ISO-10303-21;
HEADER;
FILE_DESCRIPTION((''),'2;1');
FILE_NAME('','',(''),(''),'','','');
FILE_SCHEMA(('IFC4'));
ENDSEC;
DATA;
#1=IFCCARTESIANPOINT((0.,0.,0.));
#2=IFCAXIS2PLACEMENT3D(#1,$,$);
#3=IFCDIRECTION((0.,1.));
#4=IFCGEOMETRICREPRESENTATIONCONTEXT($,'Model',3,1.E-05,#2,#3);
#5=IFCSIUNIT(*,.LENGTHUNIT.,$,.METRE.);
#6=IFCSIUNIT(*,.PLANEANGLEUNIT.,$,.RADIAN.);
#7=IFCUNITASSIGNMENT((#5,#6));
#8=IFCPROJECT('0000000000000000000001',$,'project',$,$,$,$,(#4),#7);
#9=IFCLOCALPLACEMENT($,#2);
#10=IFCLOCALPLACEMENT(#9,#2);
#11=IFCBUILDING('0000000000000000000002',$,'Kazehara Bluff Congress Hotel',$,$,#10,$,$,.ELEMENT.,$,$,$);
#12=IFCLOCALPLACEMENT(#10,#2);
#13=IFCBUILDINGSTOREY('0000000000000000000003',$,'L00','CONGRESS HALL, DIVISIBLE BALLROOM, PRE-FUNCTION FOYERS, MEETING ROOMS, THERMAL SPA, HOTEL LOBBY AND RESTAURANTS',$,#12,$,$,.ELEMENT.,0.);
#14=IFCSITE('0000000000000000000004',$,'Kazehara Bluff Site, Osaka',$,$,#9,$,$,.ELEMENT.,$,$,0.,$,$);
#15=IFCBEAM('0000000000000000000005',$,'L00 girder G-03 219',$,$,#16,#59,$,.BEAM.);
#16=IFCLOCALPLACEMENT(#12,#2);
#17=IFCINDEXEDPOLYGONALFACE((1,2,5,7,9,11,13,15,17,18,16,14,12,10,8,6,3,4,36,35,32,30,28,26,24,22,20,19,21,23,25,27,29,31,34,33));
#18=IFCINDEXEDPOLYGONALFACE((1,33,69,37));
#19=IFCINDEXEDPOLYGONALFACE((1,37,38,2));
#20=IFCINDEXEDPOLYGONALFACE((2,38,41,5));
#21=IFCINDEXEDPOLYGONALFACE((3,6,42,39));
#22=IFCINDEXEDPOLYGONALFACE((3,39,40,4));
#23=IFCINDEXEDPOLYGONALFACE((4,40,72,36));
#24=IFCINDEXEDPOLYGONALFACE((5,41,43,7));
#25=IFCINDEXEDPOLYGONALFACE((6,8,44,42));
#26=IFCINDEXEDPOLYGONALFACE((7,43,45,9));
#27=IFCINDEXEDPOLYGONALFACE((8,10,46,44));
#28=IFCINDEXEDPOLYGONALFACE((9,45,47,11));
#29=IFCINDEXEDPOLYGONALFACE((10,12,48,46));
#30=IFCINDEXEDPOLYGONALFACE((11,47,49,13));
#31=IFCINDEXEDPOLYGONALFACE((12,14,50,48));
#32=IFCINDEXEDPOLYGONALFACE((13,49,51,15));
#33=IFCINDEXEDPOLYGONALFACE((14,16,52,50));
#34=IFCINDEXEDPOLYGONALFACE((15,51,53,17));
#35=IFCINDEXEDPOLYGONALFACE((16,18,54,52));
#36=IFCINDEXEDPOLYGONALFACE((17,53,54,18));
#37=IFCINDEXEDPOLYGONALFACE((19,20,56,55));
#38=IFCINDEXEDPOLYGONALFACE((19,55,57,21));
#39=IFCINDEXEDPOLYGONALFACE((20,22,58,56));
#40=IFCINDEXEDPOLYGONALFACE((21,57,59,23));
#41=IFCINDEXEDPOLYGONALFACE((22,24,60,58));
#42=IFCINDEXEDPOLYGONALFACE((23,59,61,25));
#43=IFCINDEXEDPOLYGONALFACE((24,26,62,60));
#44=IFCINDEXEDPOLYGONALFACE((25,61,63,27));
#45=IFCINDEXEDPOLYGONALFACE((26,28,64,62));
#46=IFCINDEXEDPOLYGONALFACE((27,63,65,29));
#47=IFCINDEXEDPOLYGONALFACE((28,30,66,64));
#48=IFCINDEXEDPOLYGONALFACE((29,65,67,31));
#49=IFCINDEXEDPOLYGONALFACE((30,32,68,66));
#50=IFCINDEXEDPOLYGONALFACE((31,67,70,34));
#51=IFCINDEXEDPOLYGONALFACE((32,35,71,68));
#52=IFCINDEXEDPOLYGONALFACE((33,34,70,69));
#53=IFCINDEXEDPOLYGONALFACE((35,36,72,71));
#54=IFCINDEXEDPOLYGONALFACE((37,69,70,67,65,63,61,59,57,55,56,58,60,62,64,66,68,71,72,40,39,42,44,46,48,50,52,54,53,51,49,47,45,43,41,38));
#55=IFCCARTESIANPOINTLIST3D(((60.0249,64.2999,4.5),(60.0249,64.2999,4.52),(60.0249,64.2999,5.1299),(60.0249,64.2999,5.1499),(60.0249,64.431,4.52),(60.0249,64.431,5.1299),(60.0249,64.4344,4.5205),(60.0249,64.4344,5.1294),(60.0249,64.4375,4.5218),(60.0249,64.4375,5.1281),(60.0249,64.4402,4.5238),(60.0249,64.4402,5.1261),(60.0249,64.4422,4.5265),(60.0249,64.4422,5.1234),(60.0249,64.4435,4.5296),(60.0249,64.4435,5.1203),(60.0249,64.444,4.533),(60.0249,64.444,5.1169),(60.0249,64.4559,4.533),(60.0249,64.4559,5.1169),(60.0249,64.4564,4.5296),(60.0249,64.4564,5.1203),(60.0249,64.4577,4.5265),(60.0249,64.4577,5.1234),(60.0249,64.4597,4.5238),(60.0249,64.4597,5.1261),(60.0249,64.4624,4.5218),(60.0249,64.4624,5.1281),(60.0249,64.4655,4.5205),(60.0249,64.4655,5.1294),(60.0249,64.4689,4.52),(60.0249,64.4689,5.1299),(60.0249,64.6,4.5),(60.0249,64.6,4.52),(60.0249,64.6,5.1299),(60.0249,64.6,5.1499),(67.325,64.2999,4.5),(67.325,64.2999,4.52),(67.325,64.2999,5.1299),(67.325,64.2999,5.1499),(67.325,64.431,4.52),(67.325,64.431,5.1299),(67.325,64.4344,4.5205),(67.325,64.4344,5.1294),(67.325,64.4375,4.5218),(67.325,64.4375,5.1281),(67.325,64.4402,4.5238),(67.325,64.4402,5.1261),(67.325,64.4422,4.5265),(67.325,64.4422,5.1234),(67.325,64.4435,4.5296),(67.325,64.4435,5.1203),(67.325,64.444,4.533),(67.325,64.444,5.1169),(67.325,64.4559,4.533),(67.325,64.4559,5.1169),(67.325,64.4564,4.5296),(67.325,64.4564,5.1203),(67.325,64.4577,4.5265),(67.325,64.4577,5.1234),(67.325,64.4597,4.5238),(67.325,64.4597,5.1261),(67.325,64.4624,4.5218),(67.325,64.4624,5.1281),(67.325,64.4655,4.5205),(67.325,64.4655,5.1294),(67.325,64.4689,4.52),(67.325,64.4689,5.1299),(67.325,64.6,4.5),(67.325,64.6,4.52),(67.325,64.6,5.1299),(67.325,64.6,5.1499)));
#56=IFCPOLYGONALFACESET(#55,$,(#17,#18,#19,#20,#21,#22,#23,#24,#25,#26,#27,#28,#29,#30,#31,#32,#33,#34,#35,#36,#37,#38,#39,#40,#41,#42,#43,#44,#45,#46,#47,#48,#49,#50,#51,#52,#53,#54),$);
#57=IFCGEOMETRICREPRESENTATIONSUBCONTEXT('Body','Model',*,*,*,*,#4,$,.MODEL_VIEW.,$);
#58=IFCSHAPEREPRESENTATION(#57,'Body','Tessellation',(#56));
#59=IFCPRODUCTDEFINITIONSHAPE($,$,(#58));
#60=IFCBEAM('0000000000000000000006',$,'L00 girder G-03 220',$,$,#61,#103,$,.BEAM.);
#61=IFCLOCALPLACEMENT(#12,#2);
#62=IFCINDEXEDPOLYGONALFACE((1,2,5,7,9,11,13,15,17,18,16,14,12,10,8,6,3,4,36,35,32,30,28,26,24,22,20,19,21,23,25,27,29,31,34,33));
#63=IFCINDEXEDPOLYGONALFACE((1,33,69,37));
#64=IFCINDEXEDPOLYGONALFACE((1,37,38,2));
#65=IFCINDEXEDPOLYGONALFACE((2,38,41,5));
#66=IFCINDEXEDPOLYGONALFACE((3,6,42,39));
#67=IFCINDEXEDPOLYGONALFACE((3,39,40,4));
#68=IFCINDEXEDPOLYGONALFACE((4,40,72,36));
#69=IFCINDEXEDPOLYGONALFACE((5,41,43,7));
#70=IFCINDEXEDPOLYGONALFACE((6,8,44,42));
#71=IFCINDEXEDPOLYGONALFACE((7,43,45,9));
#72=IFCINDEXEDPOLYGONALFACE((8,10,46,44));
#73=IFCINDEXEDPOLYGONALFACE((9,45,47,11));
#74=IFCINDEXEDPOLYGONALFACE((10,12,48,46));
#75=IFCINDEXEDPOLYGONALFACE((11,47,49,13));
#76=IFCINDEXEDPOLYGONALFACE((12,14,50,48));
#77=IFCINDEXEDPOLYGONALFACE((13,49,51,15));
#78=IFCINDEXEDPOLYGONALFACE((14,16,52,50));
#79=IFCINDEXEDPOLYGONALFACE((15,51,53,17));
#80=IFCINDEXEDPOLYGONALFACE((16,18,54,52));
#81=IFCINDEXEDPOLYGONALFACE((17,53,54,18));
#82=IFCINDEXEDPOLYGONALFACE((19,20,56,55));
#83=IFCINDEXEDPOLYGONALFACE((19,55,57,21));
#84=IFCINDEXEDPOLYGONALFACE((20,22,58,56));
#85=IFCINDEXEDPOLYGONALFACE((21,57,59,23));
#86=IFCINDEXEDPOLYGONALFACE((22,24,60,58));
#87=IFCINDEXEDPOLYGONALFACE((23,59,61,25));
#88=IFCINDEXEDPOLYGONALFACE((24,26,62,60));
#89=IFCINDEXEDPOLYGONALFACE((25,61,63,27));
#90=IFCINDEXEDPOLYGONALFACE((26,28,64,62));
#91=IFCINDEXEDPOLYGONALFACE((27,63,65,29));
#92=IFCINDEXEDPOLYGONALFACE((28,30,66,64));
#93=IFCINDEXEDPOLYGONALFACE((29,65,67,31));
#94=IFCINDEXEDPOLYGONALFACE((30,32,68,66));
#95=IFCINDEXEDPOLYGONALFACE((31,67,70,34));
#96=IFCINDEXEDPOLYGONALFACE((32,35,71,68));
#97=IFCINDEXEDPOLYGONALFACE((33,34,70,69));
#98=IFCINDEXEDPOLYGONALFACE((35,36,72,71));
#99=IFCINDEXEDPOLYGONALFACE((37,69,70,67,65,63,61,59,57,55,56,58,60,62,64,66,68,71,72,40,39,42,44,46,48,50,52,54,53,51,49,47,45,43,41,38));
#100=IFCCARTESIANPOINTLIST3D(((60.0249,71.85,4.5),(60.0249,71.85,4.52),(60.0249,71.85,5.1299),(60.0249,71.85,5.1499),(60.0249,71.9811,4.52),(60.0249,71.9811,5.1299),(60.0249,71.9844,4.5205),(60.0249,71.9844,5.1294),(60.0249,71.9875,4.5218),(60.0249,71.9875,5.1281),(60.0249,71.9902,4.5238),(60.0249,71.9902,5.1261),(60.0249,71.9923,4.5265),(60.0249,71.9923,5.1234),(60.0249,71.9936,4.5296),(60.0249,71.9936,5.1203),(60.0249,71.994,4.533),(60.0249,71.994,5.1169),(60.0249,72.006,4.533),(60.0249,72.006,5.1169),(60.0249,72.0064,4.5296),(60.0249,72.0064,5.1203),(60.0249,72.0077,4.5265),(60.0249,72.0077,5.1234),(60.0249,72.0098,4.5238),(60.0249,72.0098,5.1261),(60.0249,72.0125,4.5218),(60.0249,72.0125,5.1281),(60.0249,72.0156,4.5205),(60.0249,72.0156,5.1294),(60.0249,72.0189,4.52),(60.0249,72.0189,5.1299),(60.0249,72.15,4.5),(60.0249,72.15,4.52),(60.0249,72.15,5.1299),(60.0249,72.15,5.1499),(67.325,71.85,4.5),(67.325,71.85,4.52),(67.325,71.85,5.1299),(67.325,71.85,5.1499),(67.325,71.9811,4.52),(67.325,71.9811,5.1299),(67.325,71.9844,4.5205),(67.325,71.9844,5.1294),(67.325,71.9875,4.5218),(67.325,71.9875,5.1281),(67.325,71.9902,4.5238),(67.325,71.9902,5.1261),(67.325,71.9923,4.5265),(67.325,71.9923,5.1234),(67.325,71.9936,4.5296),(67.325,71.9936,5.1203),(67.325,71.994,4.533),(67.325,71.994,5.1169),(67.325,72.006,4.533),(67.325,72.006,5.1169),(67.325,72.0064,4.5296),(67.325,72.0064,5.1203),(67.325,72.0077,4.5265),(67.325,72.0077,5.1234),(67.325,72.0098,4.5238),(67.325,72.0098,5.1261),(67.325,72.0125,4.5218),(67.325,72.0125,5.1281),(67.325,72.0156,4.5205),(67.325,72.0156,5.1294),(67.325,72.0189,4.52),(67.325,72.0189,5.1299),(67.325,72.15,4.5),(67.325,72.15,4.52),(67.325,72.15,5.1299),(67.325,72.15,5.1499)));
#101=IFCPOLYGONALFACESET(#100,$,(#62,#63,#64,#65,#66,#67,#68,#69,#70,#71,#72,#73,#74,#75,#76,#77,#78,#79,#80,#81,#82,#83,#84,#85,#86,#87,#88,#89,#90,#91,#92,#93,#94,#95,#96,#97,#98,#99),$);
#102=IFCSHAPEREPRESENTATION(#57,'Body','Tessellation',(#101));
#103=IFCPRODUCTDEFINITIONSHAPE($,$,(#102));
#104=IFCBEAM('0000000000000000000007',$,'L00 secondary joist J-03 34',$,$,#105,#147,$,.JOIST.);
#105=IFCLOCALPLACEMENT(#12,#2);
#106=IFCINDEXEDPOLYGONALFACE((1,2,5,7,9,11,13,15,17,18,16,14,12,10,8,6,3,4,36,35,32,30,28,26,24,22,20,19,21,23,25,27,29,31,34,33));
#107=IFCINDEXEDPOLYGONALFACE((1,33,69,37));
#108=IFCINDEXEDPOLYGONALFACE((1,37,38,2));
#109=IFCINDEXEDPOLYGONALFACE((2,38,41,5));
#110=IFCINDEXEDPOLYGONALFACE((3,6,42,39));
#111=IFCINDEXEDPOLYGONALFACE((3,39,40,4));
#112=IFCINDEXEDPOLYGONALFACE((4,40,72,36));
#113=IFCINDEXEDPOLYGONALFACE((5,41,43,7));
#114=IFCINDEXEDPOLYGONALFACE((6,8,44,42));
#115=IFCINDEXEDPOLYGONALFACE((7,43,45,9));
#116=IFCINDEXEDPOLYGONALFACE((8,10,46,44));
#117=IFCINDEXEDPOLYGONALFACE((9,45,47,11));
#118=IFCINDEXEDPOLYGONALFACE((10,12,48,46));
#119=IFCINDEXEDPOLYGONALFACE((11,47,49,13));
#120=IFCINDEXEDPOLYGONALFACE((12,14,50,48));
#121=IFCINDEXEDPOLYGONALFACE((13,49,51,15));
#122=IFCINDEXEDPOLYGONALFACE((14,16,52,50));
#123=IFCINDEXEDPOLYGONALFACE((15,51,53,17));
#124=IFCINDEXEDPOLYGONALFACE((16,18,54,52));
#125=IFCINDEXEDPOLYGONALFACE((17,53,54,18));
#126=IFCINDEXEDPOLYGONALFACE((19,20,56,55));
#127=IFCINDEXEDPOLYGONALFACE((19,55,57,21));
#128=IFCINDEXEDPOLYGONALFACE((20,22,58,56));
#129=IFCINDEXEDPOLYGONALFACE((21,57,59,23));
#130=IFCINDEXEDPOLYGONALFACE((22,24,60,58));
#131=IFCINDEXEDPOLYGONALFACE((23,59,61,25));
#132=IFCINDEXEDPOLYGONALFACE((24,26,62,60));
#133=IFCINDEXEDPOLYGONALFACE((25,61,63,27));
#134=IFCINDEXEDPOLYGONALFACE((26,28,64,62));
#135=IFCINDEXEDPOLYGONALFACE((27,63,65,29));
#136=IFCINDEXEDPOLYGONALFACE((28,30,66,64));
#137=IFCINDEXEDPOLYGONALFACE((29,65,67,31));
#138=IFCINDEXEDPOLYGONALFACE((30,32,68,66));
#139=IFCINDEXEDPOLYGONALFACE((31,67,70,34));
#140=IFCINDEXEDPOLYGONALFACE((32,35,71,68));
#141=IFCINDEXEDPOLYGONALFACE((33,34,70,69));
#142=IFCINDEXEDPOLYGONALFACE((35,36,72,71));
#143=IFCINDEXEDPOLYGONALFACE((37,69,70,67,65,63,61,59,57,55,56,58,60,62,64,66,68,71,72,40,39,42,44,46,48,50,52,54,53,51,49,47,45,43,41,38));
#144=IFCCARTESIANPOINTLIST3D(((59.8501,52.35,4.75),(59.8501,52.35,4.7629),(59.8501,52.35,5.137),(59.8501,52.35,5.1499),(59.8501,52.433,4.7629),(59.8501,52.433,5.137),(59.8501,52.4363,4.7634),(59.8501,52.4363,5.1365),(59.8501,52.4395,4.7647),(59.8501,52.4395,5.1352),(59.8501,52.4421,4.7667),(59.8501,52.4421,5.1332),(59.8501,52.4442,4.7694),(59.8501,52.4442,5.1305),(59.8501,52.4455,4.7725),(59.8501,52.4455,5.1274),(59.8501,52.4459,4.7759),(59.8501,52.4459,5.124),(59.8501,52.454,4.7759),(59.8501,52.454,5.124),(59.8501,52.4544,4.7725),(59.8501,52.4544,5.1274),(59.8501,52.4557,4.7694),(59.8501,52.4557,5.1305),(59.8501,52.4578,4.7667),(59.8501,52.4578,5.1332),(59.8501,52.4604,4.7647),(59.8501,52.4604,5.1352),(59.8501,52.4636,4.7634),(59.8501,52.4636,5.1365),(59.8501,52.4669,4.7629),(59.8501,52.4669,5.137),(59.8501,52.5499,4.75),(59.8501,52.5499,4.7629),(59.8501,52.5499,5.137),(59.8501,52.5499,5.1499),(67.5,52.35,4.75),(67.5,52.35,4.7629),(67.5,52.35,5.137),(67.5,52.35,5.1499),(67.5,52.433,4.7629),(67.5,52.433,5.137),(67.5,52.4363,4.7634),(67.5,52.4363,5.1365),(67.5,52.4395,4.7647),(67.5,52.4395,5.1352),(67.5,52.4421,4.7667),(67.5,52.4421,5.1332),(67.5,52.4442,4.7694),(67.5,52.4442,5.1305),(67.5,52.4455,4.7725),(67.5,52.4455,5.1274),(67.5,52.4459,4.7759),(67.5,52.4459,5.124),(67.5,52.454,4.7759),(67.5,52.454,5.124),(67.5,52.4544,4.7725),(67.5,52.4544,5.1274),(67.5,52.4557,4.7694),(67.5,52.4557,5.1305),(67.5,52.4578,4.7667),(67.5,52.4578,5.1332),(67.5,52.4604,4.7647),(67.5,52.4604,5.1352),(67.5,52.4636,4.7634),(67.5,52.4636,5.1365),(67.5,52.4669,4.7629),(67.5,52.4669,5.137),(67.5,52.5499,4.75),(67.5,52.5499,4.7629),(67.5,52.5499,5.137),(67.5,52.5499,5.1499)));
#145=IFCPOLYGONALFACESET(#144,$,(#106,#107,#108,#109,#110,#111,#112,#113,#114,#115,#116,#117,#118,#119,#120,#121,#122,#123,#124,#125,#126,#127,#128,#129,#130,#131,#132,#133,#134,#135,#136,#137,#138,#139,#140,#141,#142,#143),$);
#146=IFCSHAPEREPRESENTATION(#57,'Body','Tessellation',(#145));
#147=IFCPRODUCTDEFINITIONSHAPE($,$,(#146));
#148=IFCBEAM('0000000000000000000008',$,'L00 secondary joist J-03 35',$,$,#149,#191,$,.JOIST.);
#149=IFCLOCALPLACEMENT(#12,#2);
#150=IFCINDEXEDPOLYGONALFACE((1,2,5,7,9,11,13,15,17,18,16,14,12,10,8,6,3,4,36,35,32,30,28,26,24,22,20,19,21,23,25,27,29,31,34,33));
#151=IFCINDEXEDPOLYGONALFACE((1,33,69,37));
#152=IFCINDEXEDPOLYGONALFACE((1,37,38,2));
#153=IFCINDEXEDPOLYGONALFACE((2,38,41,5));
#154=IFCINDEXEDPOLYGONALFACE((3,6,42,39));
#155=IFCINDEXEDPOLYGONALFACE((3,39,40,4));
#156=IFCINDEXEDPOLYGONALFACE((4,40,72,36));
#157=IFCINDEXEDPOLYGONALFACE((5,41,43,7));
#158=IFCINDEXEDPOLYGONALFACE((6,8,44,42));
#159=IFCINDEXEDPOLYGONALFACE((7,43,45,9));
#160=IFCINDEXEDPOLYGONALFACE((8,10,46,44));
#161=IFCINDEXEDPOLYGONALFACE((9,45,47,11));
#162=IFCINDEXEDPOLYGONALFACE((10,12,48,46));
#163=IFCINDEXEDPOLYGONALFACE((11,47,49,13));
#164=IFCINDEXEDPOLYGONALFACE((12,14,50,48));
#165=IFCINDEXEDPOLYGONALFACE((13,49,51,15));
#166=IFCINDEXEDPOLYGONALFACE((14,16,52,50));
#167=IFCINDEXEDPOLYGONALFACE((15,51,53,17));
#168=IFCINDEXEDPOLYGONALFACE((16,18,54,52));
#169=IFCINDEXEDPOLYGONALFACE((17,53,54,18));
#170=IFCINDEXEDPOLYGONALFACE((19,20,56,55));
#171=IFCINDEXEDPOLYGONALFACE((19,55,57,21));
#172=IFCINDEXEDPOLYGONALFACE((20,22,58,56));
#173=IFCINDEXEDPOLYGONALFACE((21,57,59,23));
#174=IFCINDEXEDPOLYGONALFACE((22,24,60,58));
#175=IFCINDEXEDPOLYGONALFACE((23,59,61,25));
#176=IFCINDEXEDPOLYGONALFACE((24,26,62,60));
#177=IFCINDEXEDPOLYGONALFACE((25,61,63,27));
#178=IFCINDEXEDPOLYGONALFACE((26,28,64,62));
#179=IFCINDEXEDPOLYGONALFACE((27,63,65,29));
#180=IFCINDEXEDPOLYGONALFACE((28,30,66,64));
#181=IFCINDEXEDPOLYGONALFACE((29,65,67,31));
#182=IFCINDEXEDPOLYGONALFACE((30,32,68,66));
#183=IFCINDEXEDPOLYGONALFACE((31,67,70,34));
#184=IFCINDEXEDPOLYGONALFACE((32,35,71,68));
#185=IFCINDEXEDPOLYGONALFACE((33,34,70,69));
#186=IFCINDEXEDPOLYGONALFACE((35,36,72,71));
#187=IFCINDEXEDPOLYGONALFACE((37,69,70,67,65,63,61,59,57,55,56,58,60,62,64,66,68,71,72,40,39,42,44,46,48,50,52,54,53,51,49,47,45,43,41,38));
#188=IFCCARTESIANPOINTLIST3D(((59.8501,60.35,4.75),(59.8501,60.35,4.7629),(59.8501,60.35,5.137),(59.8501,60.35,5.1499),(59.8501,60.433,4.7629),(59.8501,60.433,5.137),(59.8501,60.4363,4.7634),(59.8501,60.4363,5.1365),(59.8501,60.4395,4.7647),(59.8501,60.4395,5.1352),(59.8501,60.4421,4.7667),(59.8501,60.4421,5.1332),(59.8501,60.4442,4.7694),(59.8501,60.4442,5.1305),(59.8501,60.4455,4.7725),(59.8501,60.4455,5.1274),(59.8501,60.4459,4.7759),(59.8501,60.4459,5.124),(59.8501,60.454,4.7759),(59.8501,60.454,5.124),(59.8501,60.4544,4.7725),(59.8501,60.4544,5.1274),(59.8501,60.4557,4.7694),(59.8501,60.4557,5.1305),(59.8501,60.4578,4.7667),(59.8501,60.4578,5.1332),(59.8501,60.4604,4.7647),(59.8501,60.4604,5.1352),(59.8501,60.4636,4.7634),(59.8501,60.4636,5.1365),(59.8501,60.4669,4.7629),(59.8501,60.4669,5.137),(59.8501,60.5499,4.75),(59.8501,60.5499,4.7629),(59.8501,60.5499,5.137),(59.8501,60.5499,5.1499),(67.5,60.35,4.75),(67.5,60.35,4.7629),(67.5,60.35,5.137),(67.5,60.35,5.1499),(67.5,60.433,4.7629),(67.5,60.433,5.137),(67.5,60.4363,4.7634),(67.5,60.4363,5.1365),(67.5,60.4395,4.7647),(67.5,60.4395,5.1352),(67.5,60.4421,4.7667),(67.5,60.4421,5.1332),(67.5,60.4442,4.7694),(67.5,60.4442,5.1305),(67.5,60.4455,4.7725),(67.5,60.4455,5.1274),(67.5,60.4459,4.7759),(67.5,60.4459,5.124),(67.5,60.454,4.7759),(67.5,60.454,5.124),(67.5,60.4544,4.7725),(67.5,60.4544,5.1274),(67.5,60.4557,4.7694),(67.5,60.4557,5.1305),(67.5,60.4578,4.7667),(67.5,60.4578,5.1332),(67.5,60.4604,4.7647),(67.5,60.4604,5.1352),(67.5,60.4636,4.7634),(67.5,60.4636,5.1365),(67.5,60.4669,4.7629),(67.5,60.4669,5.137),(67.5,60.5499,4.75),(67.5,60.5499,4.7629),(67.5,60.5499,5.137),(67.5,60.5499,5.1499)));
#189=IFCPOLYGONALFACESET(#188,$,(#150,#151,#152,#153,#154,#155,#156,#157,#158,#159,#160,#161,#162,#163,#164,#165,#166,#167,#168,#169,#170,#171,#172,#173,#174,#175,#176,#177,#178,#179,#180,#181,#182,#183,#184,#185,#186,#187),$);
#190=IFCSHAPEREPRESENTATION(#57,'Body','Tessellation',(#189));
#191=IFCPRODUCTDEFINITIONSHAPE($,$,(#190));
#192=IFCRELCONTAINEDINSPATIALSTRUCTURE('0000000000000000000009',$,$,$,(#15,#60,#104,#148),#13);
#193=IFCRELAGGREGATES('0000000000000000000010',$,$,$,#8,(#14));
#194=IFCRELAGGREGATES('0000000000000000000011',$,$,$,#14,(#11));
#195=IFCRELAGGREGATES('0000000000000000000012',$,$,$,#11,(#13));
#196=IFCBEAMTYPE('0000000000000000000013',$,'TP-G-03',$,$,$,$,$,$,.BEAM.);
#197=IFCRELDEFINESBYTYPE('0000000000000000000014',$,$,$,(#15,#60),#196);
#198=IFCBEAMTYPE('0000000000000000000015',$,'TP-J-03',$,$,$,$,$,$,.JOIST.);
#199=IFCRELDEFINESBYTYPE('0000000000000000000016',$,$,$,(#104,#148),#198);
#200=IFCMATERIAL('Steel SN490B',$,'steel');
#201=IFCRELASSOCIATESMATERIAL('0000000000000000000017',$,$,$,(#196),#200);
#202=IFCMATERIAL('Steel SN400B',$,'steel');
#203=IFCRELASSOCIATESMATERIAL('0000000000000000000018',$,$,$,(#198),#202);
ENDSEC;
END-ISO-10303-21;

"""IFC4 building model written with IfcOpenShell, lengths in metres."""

from ifc_helpers import new_model, si_unit, direction, frame, origin, origin_2d, place, context, subcontext, project, spatial, i_section, extrude, material, material_profile, profile_set, type_object, element, save


model = new_model("IFC4")

# Units and contexts
model_context = context("Model", 3, precision=1e-05, world=origin(), true_north=direction((0.0, 1.0)))
body_context = subcontext(model_context, "Body", "Model", "MODEL_VIEW")
ifc_project = project(units=[si_unit("LENGTHUNIT", "METRE"), si_unit("PLANEANGLEUNIT", "RADIAN")], contexts=[model_context])

# Site, building, storey
site_placement = place(None, origin())
site = spatial("IfcSite", under=ifc_project, at=site_placement, Name="Kazehara Bluff Site, Osaka", CompositionType="ELEMENT", RefElevation=0.0)
building_placement = place(site_placement, origin())
building = spatial("IfcBuilding", under=site, at=building_placement, Name="Kazehara Bluff Congress Hotel", CompositionType="ELEMENT")
storey_placement = place(building_placement, origin())
storey = spatial("IfcBuildingStorey", under=building, at=storey_placement, Name="L00", Description="CONGRESS HALL, DIVISIBLE BALLROOM, PRE-FUNCTION FOYERS, MEETING ROOMS, THERMAL SPA, HOTEL LOBBY AND RESTAURANTS", CompositionType="ELEMENT", Elevation=0.0)

# Beams
ifc_material_1 = material(Name="Steel SN490B", Category="steel")
ifc_material_profile_1 = material_profile(ifc_material_1, i_section(OverallWidth=0.3, OverallDepth=0.6499, WebThickness=0.012, FlangeThickness=0.02, FilletRadius=0.0129, at=origin_2d()))
ifc_profile_set_1 = profile_set([ifc_material_profile_1], Name="Steel SN490B")
beam_type_1 = type_object("IfcBeamType", Name="TP-G-03", PredefinedType="BEAM", material=ifc_profile_set_1)
for number, where, z_axis, x_axis, name in (
    (1, (60.0249, 64.45, 4.825), (1.0, 0.0, 0.0), (0.0, 1.0, 0.0), "L00 girder G-03 219"),
    (2, (60.0249, 72.0, 4.825), (1.0, 0.0, 0.0), (0.0, 1.0, 0.0), "L00 girder G-03 220"),
):
    element("IfcBeam", number, at=place(storey_placement, frame(where, z_axis=z_axis, x_axis=x_axis)), inside=storey, type_object=beam_type_1, Name=name, PredefinedType="BEAM", context=body_context, shape_type="SweptSolid", body=[
        extrude(i_section(OverallWidth=0.3, OverallDepth=0.6499, WebThickness=0.012, FlangeThickness=0.02, FilletRadius=0.0129, at=origin_2d()), origin(), (0.0, 0.0, 1.0), 7.3),
    ])
ifc_material_2 = material(Name="Steel SN400B", Category="steel")
ifc_material_profile_2 = material_profile(ifc_material_2, i_section(OverallWidth=0.2, OverallDepth=0.3999, WebThickness=0.0081, FlangeThickness=0.0129, FilletRadius=0.0129, at=origin_2d()))
ifc_profile_set_2 = profile_set([ifc_material_profile_2], Name="Steel SN400B")
beam_type_2 = type_object("IfcBeamType", Name="TP-J-03", PredefinedType="JOIST", material=ifc_profile_set_2)
for number, where, z_axis, x_axis, name in (
    (3, (59.8501, 52.45, 4.95), (1.0, 0.0, 0.0), (0.0, 1.0, 0.0), "L00 secondary joist J-03 34"),
    (4, (59.8501, 60.45, 4.95), (1.0, 0.0, 0.0), (0.0, 1.0, 0.0), "L00 secondary joist J-03 35"),
):
    element("IfcBeam", number, at=place(storey_placement, frame(where, z_axis=z_axis, x_axis=x_axis)), inside=storey, type_object=beam_type_2, Name=name, PredefinedType="JOIST", context=body_context, shape_type="SweptSolid", body=[
        extrude(i_section(OverallWidth=0.2, OverallDepth=0.3999, WebThickness=0.0081, FlangeThickness=0.0129, FilletRadius=0.0129, at=origin_2d()), origin(), (0.0, 0.0, 1.0), 7.6499),
    ])

save(model, "model.ifc")
